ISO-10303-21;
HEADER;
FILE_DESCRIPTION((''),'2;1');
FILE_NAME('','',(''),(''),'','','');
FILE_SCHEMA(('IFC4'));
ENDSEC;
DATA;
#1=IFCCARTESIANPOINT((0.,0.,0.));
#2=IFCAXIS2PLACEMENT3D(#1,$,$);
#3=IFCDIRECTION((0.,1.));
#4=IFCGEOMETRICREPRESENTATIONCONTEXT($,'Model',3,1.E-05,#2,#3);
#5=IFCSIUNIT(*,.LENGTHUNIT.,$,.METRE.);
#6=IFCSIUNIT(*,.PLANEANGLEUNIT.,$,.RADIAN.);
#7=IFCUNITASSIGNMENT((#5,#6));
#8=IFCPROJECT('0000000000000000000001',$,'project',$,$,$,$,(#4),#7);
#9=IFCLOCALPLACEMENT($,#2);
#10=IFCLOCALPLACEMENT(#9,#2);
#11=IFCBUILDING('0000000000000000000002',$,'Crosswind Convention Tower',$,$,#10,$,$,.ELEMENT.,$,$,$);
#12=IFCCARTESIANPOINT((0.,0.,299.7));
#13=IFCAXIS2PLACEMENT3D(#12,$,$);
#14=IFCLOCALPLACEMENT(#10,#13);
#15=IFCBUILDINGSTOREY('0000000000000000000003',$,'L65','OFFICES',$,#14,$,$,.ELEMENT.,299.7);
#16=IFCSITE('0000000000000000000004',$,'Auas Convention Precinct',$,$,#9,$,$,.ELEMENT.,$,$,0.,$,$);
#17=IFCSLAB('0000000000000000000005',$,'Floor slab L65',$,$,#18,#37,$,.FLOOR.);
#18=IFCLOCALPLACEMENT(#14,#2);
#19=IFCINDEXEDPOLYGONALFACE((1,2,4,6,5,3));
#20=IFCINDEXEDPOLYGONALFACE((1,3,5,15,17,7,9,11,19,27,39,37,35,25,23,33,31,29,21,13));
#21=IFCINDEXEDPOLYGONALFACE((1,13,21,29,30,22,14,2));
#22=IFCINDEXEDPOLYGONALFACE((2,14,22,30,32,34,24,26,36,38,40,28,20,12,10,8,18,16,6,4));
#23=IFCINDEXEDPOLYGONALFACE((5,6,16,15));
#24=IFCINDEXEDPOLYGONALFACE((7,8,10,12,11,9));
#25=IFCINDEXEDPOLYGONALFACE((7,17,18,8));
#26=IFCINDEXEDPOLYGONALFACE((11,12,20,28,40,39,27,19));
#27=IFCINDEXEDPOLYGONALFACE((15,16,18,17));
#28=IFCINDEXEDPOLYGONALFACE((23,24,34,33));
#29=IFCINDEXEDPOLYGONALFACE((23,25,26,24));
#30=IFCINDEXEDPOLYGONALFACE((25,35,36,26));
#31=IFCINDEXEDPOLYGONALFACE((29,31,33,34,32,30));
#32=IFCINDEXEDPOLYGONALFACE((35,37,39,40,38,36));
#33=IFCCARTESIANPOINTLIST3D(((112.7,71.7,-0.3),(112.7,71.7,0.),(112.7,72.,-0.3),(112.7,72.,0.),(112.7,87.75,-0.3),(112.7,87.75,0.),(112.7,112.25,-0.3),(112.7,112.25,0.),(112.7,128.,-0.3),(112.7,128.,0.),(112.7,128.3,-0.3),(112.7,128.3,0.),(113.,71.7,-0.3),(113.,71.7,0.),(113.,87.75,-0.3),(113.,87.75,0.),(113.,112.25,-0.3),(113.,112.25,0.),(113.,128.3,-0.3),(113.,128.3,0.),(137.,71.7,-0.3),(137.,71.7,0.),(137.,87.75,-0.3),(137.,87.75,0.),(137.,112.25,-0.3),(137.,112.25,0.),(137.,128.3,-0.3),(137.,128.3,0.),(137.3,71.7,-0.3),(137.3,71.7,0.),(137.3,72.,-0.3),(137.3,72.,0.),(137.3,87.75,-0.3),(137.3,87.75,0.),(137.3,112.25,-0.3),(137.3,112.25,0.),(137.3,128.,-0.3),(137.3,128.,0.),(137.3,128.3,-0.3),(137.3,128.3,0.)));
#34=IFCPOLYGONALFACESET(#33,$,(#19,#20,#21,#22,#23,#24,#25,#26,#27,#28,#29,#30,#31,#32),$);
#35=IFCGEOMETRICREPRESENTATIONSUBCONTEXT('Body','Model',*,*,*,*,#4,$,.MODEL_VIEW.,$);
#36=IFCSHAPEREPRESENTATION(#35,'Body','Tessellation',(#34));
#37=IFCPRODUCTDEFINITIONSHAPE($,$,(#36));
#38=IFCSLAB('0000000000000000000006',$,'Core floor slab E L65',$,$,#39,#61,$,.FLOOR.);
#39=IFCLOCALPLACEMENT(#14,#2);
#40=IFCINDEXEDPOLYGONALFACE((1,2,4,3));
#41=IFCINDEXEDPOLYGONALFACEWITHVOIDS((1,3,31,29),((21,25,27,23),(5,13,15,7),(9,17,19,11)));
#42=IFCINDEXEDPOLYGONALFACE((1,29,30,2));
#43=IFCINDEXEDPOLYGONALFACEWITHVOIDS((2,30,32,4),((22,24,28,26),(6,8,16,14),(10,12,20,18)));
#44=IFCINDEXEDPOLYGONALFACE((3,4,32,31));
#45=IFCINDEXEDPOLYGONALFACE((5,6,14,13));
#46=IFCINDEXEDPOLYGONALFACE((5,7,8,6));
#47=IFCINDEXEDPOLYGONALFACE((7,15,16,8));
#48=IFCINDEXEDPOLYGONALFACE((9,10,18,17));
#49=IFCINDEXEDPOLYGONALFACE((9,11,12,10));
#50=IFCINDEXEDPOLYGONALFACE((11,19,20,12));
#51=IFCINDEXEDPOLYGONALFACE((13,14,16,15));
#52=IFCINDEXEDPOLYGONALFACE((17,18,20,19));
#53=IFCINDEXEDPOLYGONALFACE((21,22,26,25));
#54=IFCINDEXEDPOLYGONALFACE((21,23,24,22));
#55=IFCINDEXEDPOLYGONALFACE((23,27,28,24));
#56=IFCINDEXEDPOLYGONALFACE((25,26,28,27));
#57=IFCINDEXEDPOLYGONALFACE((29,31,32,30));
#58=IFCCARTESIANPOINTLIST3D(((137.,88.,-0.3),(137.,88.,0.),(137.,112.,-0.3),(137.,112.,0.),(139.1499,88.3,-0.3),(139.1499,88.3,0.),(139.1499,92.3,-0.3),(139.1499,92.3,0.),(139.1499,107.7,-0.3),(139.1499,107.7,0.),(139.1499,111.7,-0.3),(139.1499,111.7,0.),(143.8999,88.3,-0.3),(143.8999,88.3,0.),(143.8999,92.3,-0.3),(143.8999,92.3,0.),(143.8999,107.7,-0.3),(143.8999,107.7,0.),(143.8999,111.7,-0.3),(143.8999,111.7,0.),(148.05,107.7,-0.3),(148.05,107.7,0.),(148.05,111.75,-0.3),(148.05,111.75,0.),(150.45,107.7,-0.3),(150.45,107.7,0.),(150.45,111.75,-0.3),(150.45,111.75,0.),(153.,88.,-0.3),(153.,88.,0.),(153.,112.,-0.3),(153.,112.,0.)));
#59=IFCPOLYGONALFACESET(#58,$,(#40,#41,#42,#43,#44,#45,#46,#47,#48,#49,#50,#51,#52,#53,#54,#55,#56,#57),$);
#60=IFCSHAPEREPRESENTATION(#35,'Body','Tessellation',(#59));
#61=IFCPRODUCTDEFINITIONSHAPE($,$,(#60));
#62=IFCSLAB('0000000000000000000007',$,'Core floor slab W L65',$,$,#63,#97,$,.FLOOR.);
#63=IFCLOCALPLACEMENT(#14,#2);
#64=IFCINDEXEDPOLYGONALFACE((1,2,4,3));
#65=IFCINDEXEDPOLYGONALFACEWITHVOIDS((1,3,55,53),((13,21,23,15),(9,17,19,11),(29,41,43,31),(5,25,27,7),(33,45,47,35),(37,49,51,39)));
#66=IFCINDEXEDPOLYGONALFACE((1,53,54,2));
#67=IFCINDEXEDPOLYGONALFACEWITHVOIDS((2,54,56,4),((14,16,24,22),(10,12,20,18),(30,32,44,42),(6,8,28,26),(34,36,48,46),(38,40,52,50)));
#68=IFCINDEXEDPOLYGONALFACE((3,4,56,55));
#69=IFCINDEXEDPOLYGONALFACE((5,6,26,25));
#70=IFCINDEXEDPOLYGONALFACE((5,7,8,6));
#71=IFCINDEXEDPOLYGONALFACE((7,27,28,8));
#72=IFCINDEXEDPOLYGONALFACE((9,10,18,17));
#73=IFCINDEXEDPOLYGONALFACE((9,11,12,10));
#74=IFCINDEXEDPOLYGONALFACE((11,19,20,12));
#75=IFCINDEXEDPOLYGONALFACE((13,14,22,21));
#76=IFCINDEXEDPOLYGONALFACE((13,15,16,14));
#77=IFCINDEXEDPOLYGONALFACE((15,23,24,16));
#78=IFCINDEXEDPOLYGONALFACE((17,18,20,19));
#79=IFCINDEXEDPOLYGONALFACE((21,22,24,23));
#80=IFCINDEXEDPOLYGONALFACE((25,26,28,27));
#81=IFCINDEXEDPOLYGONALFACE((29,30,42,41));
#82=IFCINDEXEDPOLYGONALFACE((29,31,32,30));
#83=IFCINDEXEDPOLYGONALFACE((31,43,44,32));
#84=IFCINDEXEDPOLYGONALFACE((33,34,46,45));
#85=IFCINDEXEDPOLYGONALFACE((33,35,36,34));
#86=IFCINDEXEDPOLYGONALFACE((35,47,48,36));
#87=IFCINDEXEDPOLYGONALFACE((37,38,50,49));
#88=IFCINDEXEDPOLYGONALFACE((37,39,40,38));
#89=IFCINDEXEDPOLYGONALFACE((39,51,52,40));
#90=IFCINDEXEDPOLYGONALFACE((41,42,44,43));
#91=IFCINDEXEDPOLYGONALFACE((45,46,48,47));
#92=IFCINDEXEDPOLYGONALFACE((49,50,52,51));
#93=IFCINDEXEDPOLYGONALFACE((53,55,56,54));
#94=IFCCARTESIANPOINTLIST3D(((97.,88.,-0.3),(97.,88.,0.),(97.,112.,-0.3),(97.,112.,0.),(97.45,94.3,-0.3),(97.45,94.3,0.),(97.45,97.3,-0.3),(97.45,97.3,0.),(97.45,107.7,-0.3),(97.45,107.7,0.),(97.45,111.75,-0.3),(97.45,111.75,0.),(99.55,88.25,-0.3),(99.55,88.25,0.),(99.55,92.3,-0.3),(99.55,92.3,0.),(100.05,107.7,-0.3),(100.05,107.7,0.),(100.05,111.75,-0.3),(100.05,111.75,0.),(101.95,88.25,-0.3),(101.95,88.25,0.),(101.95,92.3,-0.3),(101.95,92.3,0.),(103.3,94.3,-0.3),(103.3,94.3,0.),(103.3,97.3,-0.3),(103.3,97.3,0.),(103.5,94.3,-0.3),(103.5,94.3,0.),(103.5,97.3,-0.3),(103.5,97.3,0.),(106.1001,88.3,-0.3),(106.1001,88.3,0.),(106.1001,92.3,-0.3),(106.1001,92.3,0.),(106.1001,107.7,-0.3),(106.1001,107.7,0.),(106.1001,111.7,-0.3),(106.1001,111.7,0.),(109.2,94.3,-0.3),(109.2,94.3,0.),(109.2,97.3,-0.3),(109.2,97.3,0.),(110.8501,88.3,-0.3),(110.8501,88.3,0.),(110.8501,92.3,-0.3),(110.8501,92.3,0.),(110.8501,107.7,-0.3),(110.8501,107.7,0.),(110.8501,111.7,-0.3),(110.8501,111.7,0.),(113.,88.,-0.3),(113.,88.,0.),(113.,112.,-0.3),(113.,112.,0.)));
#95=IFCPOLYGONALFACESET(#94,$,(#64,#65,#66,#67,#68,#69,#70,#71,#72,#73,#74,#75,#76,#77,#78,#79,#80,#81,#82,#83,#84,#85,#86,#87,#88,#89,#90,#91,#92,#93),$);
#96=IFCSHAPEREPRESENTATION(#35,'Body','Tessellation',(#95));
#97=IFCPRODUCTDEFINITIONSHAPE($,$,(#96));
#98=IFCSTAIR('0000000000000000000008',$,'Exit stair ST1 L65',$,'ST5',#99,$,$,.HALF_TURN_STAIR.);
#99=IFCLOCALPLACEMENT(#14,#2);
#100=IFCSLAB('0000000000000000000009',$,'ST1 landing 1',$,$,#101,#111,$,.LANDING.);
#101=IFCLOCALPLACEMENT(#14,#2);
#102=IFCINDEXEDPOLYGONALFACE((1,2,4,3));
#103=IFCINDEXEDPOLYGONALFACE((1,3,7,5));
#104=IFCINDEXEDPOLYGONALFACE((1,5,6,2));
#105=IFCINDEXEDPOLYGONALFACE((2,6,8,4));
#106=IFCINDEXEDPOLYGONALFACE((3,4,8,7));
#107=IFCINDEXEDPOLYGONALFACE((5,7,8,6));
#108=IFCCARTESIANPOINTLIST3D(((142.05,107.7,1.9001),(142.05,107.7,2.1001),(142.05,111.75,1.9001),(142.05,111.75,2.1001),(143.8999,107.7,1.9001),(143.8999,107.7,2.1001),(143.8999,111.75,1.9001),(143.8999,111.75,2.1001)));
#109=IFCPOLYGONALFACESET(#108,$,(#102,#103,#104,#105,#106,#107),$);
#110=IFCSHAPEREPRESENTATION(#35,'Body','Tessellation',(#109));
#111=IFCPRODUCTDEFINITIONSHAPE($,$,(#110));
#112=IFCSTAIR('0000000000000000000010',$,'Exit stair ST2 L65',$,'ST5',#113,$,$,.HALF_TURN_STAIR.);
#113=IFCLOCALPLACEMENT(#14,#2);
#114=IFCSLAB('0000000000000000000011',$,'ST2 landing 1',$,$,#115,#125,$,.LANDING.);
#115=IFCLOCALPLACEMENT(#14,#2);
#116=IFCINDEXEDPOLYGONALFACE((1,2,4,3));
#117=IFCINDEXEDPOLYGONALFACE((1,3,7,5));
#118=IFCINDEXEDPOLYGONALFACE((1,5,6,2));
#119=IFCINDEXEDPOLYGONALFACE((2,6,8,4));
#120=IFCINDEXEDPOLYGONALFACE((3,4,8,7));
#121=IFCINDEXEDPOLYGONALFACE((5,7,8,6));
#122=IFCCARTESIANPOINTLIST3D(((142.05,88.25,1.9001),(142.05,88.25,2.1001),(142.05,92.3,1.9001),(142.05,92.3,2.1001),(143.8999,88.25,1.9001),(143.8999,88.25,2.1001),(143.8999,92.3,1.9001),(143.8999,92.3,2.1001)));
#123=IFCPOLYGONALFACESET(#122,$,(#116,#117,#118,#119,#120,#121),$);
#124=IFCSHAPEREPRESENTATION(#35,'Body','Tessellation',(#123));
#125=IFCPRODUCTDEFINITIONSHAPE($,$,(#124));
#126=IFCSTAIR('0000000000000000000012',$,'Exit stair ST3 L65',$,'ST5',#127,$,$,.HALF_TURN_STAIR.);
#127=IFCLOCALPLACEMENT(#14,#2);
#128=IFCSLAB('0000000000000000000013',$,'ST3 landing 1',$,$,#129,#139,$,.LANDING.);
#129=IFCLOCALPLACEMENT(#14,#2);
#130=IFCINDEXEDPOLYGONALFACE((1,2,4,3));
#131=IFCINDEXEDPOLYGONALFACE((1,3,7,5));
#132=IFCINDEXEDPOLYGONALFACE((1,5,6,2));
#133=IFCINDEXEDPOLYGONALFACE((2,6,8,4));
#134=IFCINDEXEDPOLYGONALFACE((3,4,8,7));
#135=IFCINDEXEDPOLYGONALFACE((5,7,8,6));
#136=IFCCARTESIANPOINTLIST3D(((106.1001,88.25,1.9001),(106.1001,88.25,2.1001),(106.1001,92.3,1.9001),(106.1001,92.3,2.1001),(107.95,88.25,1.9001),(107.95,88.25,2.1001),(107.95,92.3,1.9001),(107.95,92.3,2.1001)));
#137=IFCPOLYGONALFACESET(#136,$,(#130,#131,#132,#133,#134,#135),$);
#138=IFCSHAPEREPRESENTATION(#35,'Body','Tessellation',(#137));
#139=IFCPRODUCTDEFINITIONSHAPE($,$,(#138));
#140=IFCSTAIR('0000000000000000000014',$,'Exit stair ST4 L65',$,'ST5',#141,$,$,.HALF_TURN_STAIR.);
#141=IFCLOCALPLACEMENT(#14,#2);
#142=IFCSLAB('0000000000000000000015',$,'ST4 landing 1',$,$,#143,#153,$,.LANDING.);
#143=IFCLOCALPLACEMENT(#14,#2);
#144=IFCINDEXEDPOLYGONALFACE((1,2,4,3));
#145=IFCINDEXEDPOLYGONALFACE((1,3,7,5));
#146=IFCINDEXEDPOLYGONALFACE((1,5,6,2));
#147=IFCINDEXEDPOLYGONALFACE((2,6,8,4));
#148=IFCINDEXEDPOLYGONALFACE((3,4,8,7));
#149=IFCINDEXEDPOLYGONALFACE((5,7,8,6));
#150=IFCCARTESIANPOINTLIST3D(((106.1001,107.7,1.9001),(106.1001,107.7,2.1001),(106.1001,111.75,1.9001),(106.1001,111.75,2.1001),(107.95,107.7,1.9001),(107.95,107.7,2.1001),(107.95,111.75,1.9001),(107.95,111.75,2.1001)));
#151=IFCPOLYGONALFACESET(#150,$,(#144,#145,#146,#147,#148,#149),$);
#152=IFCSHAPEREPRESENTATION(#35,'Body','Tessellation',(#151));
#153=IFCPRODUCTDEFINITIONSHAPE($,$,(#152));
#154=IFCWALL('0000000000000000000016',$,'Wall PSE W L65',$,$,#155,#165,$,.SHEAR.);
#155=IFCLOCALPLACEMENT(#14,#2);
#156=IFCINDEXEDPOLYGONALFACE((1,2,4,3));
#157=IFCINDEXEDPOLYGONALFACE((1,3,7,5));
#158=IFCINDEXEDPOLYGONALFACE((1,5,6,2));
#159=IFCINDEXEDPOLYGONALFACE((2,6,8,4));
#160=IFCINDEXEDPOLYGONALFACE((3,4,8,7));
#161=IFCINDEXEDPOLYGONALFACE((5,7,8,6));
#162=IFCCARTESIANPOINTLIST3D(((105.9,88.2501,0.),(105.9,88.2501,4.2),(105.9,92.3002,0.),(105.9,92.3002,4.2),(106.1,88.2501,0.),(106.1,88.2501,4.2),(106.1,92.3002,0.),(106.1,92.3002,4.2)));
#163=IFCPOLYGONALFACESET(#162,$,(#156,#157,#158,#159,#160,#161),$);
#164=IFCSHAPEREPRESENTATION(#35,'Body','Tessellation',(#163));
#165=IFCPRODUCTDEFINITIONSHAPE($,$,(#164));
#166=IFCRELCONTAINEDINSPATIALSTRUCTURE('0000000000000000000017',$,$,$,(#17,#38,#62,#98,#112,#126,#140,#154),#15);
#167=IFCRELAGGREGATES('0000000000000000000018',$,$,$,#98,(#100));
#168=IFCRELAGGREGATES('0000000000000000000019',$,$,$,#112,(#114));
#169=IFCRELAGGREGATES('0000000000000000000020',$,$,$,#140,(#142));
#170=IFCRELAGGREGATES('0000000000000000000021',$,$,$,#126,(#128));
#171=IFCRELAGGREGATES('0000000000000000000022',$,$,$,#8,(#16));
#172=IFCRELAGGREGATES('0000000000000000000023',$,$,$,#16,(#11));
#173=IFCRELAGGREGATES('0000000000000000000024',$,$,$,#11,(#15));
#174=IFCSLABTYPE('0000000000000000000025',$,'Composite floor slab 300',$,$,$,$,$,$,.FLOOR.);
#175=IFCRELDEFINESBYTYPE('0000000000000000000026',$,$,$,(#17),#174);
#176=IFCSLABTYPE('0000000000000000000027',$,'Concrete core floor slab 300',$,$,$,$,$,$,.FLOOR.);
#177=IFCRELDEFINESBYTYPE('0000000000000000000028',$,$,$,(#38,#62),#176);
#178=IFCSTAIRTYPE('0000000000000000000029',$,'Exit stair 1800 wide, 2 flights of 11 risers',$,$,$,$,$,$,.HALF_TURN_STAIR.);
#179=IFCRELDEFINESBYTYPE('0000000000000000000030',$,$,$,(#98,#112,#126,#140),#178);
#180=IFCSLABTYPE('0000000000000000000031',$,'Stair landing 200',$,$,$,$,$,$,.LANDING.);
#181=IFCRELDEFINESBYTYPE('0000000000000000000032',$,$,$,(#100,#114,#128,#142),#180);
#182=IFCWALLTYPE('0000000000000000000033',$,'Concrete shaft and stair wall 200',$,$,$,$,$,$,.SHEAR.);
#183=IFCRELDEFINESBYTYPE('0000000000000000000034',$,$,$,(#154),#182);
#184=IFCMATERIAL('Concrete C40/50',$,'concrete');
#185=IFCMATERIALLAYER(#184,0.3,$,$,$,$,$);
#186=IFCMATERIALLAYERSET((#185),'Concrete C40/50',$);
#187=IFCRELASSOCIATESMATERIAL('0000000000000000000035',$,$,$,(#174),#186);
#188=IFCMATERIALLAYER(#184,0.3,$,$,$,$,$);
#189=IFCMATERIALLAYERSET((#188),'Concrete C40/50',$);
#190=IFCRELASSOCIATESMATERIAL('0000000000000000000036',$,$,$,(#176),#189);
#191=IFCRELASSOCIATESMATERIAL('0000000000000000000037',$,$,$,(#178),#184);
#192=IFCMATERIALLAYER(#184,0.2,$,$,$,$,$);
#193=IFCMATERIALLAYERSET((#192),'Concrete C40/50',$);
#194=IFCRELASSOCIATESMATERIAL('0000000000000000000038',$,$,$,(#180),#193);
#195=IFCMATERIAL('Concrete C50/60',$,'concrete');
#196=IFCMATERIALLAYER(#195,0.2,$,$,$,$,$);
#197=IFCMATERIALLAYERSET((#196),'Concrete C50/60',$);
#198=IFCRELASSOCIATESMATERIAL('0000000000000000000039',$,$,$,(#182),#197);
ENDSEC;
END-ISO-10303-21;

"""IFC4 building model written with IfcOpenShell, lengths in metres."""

from ifc_helpers import new_model, si_unit, direction, frame, frame_2d, origin, place, context, subcontext, project, spatial, polyline, rectangle, outline, extrude, material, layer, layer_set, type_object, element, aggregate, save


model = new_model("IFC4")

# Units and contexts
model_context = context("Model", 3, precision=1e-05, world=origin(), true_north=direction((0.0, 1.0)))
body_context = subcontext(model_context, "Body", "Model", "MODEL_VIEW")
ifc_project = project(units=[si_unit("LENGTHUNIT", "METRE"), si_unit("PLANEANGLEUNIT", "RADIAN")], contexts=[model_context])

# Site, building, storey
site_placement = place(None, origin())
site = spatial("IfcSite", under=ifc_project, at=site_placement, Name="Auas Convention Precinct", CompositionType="ELEMENT", RefElevation=0.0)
building_placement = place(site_placement, origin())
building = spatial("IfcBuilding", under=site, at=building_placement, Name="Crosswind Convention Tower", CompositionType="ELEMENT")
storey_placement = place(building_placement, frame((0.0, 0.0, 299.7)))
storey = spatial("IfcBuildingStorey", under=building, at=storey_placement, Name="L65", Description="OFFICES", CompositionType="ELEMENT", Elevation=299.7)

# Slabs
ifc_material_1 = material(Name="Concrete C40/50", Category="concrete")
ifc_layer_1 = layer(ifc_material_1, 0.3)
ifc_layer_set_1 = layer_set([ifc_layer_1], Name="Concrete C40/50")
slab_type_1 = type_object("IfcSlabType", Name="Composite floor slab 300", PredefinedType="FLOOR", material=ifc_layer_set_1)
slab_1_placement = place(storey_placement, frame((0.0, 0.0, -0.3)))
element("IfcSlab", 1, at=slab_1_placement, inside=storey, type_object=slab_type_1, Name="Floor slab L65", PredefinedType="FLOOR", context=body_context, shape_type="SweptSolid", body=[
    extrude(outline(polyline([(137.3, 71.7), (137.0, 71.7), (113.0, 71.7), (112.7, 71.7), (112.7, 72.0), (112.7, 87.75), (113.0, 87.75), (113.0, 112.25), (112.7, 112.25), (112.7, 128.0), (112.7, 128.3), (113.0, 128.3), (137.0, 128.3), (137.3, 128.3), (137.3, 128.0), (137.3, 112.25), (137.0, 112.25), (137.0, 87.75), (137.3, 87.75), (137.3, 72.0), (137.3, 71.7)])), origin(), (0.0, 0.0, 1.0), 0.3),
])
ifc_layer_2 = layer(ifc_material_1, 0.3)
ifc_layer_set_2 = layer_set([ifc_layer_2], Name="Concrete C40/50")
slab_type_2 = type_object("IfcSlabType", Name="Concrete core floor slab 300", PredefinedType="FLOOR", material=ifc_layer_set_2)
slab_2_placement = place(storey_placement, frame((0.0, 0.0, -0.3)))
element("IfcSlab", 2, at=slab_2_placement, inside=storey, type_object=slab_type_2, Name="Core floor slab E L65", PredefinedType="FLOOR", context=body_context, shape_type="SweptSolid", body=[
    extrude(outline(polyline([(137.0, 88.0), (153.0, 88.0), (153.0, 112.0), (137.0, 112.0), (137.0, 88.0)]), holes=[polyline([(150.45, 107.7), (150.45, 111.75), (148.05, 111.75), (148.05, 107.7), (150.45, 107.7)]), polyline([(143.8999, 107.7), (143.8999, 111.7), (139.1499, 111.7), (139.1499, 107.7), (143.8999, 107.7)]), polyline([(143.8999, 88.3), (143.8999, 92.3), (139.1499, 92.3), (139.1499, 88.3), (143.8999, 88.3)])]), origin(), (0.0, 0.0, 1.0), 0.3),
])
slab_3_placement = place(storey_placement, frame((0.0, 0.0, -0.3)))
element("IfcSlab", 3, at=slab_3_placement, inside=storey, type_object=slab_type_2, Name="Core floor slab W L65", PredefinedType="FLOOR", context=body_context, shape_type="SweptSolid", body=[
    extrude(outline(polyline([(97.0, 88.0), (113.0, 88.0), (113.0, 112.0), (97.0, 112.0), (97.0, 88.0)]), holes=[polyline([(109.2, 94.3), (109.2, 97.3), (103.5, 97.3), (103.5, 94.3), (109.2, 94.3)]), polyline([(103.3, 94.3), (103.3, 97.3), (97.45, 97.3), (97.45, 94.3), (103.3, 94.3)]), polyline([(101.95, 88.25), (101.95, 92.3), (99.55, 92.3), (99.55, 88.25), (101.95, 88.25)]), polyline([(100.05, 107.7), (100.05, 111.75), (97.45, 111.75), (97.45, 107.7), (100.05, 107.7)]), polyline([(110.8501, 88.3), (110.8501, 92.3), (106.1001, 92.3), (106.1001, 88.3), (110.8501, 88.3)]), polyline([(110.8501, 107.7), (110.8501, 111.7), (106.1001, 111.7), (106.1001, 107.7), (110.8501, 107.7)])]), origin(), (0.0, 0.0, 1.0), 0.3),
])

# Stairs, slabs
stair_type = type_object("IfcStairType", Name="Exit stair 1800 wide, 2 flights of 11 risers", PredefinedType="HALF_TURN_STAIR", material=ifc_material_1)
stair_1_placement = place(storey_placement, origin())
stair_1 = element("IfcStair", 4, at=stair_1_placement, inside=storey, type_object=stair_type, Name="Exit stair ST1 L65", ObjectType="ST5", PredefinedType="HALF_TURN_STAIR")
ifc_layer_3 = layer(ifc_material_1, 0.2)
ifc_layer_set_3 = layer_set([ifc_layer_3], Name="Concrete C40/50")
slab_type_3 = type_object("IfcSlabType", Name="Stair landing 200", PredefinedType="LANDING", material=ifc_layer_set_3)
slab_4_placement = place(storey_placement, frame((0.0, 0.0, 1.9001)))
slab_4 = element("IfcSlab", 5, at=slab_4_placement, type_object=slab_type_3, Name="ST1 landing 1", PredefinedType="LANDING", context=body_context, shape_type="SweptSolid", body=[
    extrude(outline(polyline([(143.8999, 107.7), (143.8999, 111.75), (142.05, 111.75), (142.05, 107.7), (143.8999, 107.7)])), origin(), (0.0, 0.0, 1.0), 0.2),
])
aggregate(stair_1, [slab_4])
stair_2_placement = place(storey_placement, origin())
stair_2 = element("IfcStair", 6, at=stair_2_placement, inside=storey, type_object=stair_type, Name="Exit stair ST2 L65", ObjectType="ST5", PredefinedType="HALF_TURN_STAIR")
slab_5_placement = place(storey_placement, frame((0.0, 0.0, 1.9001)))
slab_5 = element("IfcSlab", 7, at=slab_5_placement, type_object=slab_type_3, Name="ST2 landing 1", PredefinedType="LANDING", context=body_context, shape_type="SweptSolid", body=[
    extrude(outline(polyline([(143.8999, 88.25), (143.8999, 92.3), (142.05, 92.3), (142.05, 88.25), (143.8999, 88.25)])), origin(), (0.0, 0.0, 1.0), 0.2),
])
aggregate(stair_2, [slab_5])
stair_3_placement = place(storey_placement, origin())
stair_3 = element("IfcStair", 8, at=stair_3_placement, inside=storey, type_object=stair_type, Name="Exit stair ST3 L65", ObjectType="ST5", PredefinedType="HALF_TURN_STAIR")
slab_6_placement = place(storey_placement, frame((0.0, 0.0, 1.9001)))
slab_6 = element("IfcSlab", 9, at=slab_6_placement, type_object=slab_type_3, Name="ST3 landing 1", PredefinedType="LANDING", context=body_context, shape_type="SweptSolid", body=[
    extrude(outline(polyline([(107.95, 88.25), (107.95, 92.3), (106.1001, 92.3), (106.1001, 88.25), (107.95, 88.25)])), origin(), (0.0, 0.0, 1.0), 0.2),
])
stair_4_placement = place(storey_placement, origin())
stair_4 = element("IfcStair", 10, at=stair_4_placement, inside=storey, type_object=stair_type, Name="Exit stair ST4 L65", ObjectType="ST5", PredefinedType="HALF_TURN_STAIR")
slab_7_placement = place(storey_placement, frame((0.0, 0.0, 1.9001)))
slab_7 = element("IfcSlab", 11, at=slab_7_placement, type_object=slab_type_3, Name="ST4 landing 1", PredefinedType="LANDING", context=body_context, shape_type="SweptSolid", body=[
    extrude(outline(polyline([(107.95, 107.7), (107.95, 111.75), (106.1001, 111.75), (106.1001, 107.7), (107.95, 107.7)])), origin(), (0.0, 0.0, 1.0), 0.2),
])
aggregate(stair_4, [slab_7])

# Wall
ifc_material_2 = material(Name="Concrete C50/60", Category="concrete")
ifc_layer_4 = layer(ifc_material_2, 0.2)
ifc_layer_set_4 = layer_set([ifc_layer_4], Name="Concrete C50/60")
wall_type_1 = type_object("IfcWallType", Name="Concrete shaft and stair wall 200", PredefinedType="SHEAR", material=ifc_layer_set_4)
wall_1_placement = place(storey_placement, frame((106.0, 92.3, 0.0), z_axis=(0.0, 0.0, 1.0), x_axis=(0.0, -1.0, 0.0)))
element("IfcWall", 12, at=wall_1_placement, inside=storey, type_object=wall_type_1, Name="Wall PSE W L65", PredefinedType="SHEAR", context=body_context, shape_type="SweptSolid", body=[
    extrude(rectangle(XDim=4.05, YDim=0.2, at=frame_2d((2.0249, 0.0))), origin(), (0.0, 0.0, 1.0), 4.2),
])

aggregate(stair_3, [slab_6])

save(model, "model.ifc")
